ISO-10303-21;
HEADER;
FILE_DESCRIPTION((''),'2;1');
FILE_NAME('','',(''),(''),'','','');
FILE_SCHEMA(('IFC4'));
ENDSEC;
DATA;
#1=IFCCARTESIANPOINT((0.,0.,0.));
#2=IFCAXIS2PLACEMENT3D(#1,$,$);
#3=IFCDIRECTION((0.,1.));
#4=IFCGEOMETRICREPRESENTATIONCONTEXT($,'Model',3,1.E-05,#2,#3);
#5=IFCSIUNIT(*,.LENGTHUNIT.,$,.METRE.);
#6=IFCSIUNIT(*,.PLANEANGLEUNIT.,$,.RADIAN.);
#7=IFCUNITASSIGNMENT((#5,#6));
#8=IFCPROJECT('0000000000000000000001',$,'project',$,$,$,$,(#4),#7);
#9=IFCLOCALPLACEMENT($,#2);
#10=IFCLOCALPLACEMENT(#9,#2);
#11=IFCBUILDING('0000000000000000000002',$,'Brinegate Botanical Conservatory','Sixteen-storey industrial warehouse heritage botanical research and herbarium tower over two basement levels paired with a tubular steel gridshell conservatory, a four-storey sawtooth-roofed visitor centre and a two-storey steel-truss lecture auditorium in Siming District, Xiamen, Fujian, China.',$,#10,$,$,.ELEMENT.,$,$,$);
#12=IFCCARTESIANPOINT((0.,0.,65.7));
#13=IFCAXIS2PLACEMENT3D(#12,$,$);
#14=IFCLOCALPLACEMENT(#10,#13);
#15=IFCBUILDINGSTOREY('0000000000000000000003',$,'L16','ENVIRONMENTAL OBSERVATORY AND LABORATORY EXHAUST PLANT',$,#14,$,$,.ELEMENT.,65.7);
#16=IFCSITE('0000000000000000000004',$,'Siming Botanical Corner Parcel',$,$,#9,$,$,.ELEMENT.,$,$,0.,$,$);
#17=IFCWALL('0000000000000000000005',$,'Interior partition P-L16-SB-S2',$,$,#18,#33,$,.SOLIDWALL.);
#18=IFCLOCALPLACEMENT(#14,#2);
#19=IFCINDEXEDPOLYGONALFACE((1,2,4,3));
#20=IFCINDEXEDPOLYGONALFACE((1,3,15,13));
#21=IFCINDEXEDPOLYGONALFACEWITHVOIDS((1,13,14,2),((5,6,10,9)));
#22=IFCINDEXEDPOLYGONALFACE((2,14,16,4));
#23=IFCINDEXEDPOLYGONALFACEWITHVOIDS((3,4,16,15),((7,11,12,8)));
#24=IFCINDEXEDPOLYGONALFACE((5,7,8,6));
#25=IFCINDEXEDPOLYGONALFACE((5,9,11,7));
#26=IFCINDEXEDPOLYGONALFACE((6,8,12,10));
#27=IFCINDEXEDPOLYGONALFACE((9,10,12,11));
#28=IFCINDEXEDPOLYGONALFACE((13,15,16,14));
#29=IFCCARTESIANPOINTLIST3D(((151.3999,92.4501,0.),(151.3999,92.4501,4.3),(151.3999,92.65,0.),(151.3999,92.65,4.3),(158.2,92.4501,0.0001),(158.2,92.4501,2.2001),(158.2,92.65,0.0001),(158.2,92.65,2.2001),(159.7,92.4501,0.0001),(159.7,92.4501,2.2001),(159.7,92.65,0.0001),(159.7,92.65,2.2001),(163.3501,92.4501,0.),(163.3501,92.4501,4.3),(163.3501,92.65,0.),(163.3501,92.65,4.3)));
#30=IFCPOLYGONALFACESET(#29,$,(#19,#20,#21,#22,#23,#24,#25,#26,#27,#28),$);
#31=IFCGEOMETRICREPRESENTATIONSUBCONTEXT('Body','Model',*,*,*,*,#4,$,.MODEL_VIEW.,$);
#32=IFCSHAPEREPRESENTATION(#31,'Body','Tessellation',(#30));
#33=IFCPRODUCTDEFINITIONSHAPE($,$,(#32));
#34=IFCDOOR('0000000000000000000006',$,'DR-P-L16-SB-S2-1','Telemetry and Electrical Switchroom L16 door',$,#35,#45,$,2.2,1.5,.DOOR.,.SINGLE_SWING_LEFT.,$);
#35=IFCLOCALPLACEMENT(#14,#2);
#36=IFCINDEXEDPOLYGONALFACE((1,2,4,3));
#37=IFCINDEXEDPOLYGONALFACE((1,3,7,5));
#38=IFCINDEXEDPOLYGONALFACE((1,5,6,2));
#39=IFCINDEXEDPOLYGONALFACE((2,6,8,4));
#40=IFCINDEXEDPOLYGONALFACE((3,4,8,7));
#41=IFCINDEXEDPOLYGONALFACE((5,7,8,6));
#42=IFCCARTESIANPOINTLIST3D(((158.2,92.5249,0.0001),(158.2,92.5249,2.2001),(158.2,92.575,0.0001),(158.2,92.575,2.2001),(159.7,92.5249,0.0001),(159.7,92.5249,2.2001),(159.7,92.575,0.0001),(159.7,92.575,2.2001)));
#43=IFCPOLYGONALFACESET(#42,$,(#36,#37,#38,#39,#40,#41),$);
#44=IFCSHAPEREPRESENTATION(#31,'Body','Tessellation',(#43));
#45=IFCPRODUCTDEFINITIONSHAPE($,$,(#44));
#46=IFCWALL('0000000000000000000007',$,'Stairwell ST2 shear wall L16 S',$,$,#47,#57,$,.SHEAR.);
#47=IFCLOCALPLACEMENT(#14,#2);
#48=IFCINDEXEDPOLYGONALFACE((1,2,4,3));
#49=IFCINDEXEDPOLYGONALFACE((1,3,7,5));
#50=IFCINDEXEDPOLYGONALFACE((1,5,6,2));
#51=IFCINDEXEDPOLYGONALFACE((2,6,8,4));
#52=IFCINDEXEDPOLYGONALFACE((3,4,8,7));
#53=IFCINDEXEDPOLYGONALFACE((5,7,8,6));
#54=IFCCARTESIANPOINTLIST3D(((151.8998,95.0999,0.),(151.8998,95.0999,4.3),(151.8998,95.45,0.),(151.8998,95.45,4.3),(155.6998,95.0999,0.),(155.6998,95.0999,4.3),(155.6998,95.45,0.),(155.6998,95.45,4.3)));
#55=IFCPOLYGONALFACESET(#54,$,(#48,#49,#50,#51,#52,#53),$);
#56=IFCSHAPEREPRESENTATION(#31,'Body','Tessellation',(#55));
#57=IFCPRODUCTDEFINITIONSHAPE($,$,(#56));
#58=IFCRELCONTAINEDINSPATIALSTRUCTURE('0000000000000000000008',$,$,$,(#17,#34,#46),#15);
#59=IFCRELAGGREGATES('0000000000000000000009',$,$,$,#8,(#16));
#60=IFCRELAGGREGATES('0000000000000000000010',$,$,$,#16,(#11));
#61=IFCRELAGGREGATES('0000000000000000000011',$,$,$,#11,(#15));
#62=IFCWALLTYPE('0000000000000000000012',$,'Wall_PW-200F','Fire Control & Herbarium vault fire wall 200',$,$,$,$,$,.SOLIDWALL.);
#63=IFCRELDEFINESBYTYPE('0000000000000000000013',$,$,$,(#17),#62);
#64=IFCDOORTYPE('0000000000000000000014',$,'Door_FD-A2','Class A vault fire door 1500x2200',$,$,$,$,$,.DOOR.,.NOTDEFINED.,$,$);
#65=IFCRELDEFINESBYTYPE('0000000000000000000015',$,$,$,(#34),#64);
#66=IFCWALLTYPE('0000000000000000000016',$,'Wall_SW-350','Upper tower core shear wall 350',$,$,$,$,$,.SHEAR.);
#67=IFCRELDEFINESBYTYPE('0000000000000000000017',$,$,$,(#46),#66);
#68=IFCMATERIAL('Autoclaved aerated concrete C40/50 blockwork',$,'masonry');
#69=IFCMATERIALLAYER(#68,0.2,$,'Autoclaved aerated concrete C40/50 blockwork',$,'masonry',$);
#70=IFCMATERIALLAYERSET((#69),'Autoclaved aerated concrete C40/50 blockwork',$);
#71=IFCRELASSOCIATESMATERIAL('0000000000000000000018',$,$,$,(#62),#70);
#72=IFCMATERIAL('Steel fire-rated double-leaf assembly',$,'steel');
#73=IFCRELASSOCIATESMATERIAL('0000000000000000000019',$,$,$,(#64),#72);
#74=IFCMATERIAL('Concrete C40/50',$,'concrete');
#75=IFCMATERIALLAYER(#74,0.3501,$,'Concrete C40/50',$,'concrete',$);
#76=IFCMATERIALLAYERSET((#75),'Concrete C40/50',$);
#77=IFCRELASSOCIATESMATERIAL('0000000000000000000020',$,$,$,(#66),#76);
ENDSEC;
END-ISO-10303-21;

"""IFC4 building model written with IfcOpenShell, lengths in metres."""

from ifc_helpers import new_model, si_unit, direction, frame, frame_2d, origin, place, context, subcontext, project, spatial, rectangle, extrude, material, layer, layer_set, type_object, element, fill, save


model = new_model("IFC4")

# Units and contexts
model_context = context("Model", 3, precision=1e-05, world=origin(), true_north=direction((0.0, 1.0)))
body_context = subcontext(model_context, "Body", "Model", "MODEL_VIEW")
ifc_project = project(units=[si_unit("LENGTHUNIT", "METRE"), si_unit("PLANEANGLEUNIT", "RADIAN")], contexts=[model_context])

# Site, building, storey
site_placement = place(None, origin())
site = spatial("IfcSite", under=ifc_project, at=site_placement, Name="Siming Botanical Corner Parcel", CompositionType="ELEMENT", RefElevation=0.0)
building_placement = place(site_placement, origin())
building = spatial("IfcBuilding", under=site, at=building_placement, Name="Brinegate Botanical Conservatory", Description="Sixteen-storey industrial warehouse heritage botanical research and herbarium tower over two basement levels paired with a tubular steel gridshell conservatory, a four-storey sawtooth-roofed visitor centre and a two-storey steel-truss lecture auditorium in Siming District, Xiamen, Fujian, China.", CompositionType="ELEMENT")
storey_placement = place(building_placement, frame((0.0, 0.0, 65.7)))
storey = spatial("IfcBuildingStorey", under=building, at=storey_placement, Name="L16", Description="ENVIRONMENTAL OBSERVATORY AND LABORATORY EXHAUST PLANT", CompositionType="ELEMENT", Elevation=65.7)

# Shared definitions
ifc_material_1 = material(Name="Concrete C40/50", Category="concrete")

# Wall, opening, door
ifc_material_2 = material(Name="Autoclaved aerated concrete C40/50 blockwork", Category="masonry")
ifc_layer_1 = layer(ifc_material_2, 0.2, Name="Autoclaved aerated concrete C40/50 blockwork", Category="masonry")
ifc_layer_set_1 = layer_set([ifc_layer_1], Name="Autoclaved aerated concrete C40/50 blockwork")
wall_type_1 = type_object("IfcWallType", Name="Wall_PW-200F", Description="Fire Control & Herbarium vault fire wall 200", PredefinedType="SOLIDWALL", material=ifc_layer_set_1)
wall_1_placement = place(storey_placement, frame((151.3999, 92.55, 0.0), z_axis=(0.0, 0.0, 1.0), x_axis=(1.0, 0.0, 0.0)))
wall_1 = element("IfcWall", 1, at=wall_1_placement, inside=storey, type_object=wall_type_1, Name="Interior partition P-L16-SB-S2", PredefinedType="SOLIDWALL", context=body_context, shape_type="SweptSolid", body=[
    extrude(rectangle(XDim=11.9502, YDim=0.2, at=frame_2d((5.9751, 0.0))), origin(), (0.0, 0.0, 1.0), 4.3),
])
opening_1_placement = place(wall_1_placement, frame((6.8, 0.0, 0.0)))
opening_1 = element("IfcOpeningElement", 2, at=opening_1_placement, cuts=wall_1, PredefinedType="OPENING", context=body_context, shape_type="SweptSolid", body=[
    extrude(rectangle(XDim=1.5, YDim=2.2, at=frame_2d((0.75, 1.1001))), frame((0.0, 0.1099, 0.0), z_axis=(0.0, -1.0, 0.0), x_axis=(1.0, 0.0, 0.0)), (0.0, 0.0, 1.0), 0.22),
])
ifc_material_3 = material(Name="Steel fire-rated double-leaf assembly", Category="steel")
door_type_1 = type_object("IfcDoorType", Name="Door_FD-A2", Description="Class A vault fire door 1500x2200", OperationType="NOTDEFINED", PredefinedType="DOOR", material=ifc_material_3)
door_1_placement = place(opening_1_placement, origin())
door_1 = element("IfcDoor", 3, at=door_1_placement, inside=storey, type_object=door_type_1, Name="DR-P-L16-SB-S2-1", Description="Telemetry and Electrical Switchroom L16 door", OperationType="SINGLE_SWING_LEFT", OverallHeight=2.2, OverallWidth=1.5, PredefinedType="DOOR", context=body_context, shape_type="SweptSolid", body=[
    extrude(rectangle(XDim=1.5, YDim=2.2, at=frame_2d((0.75, 1.1001))), frame((0.0, 0.0249, 0.0), z_axis=(0.0, -1.0, 0.0), x_axis=(1.0, 0.0, 0.0)), (0.0, 0.0, 1.0), 0.05),
])
fill(opening_1, door_1)

# Wall
ifc_layer_2 = layer(ifc_material_1, 0.3501, Name="Concrete C40/50", Category="concrete")
ifc_layer_set_2 = layer_set([ifc_layer_2], Name="Concrete C40/50")
wall_type_2 = type_object("IfcWallType", Name="Wall_SW-350", Description="Upper tower core shear wall 350", PredefinedType="SHEAR", material=ifc_layer_set_2)
wall_2_placement = place(storey_placement, frame((151.8999, 95.2749, 0.0), z_axis=(0.0, 0.0, 1.0), x_axis=(1.0, 0.0, 0.0)))
element("IfcWall", 4, at=wall_2_placement, inside=storey, type_object=wall_type_2, Name="Stairwell ST2 shear wall L16 S", PredefinedType="SHEAR", context=body_context, shape_type="SweptSolid", body=[
    extrude(rectangle(XDim=3.8, YDim=0.3501, at=frame_2d((1.8999, 0.0))), origin(), (0.0, 0.0, 1.0), 4.3),
])

save(model, "model.ifc")
